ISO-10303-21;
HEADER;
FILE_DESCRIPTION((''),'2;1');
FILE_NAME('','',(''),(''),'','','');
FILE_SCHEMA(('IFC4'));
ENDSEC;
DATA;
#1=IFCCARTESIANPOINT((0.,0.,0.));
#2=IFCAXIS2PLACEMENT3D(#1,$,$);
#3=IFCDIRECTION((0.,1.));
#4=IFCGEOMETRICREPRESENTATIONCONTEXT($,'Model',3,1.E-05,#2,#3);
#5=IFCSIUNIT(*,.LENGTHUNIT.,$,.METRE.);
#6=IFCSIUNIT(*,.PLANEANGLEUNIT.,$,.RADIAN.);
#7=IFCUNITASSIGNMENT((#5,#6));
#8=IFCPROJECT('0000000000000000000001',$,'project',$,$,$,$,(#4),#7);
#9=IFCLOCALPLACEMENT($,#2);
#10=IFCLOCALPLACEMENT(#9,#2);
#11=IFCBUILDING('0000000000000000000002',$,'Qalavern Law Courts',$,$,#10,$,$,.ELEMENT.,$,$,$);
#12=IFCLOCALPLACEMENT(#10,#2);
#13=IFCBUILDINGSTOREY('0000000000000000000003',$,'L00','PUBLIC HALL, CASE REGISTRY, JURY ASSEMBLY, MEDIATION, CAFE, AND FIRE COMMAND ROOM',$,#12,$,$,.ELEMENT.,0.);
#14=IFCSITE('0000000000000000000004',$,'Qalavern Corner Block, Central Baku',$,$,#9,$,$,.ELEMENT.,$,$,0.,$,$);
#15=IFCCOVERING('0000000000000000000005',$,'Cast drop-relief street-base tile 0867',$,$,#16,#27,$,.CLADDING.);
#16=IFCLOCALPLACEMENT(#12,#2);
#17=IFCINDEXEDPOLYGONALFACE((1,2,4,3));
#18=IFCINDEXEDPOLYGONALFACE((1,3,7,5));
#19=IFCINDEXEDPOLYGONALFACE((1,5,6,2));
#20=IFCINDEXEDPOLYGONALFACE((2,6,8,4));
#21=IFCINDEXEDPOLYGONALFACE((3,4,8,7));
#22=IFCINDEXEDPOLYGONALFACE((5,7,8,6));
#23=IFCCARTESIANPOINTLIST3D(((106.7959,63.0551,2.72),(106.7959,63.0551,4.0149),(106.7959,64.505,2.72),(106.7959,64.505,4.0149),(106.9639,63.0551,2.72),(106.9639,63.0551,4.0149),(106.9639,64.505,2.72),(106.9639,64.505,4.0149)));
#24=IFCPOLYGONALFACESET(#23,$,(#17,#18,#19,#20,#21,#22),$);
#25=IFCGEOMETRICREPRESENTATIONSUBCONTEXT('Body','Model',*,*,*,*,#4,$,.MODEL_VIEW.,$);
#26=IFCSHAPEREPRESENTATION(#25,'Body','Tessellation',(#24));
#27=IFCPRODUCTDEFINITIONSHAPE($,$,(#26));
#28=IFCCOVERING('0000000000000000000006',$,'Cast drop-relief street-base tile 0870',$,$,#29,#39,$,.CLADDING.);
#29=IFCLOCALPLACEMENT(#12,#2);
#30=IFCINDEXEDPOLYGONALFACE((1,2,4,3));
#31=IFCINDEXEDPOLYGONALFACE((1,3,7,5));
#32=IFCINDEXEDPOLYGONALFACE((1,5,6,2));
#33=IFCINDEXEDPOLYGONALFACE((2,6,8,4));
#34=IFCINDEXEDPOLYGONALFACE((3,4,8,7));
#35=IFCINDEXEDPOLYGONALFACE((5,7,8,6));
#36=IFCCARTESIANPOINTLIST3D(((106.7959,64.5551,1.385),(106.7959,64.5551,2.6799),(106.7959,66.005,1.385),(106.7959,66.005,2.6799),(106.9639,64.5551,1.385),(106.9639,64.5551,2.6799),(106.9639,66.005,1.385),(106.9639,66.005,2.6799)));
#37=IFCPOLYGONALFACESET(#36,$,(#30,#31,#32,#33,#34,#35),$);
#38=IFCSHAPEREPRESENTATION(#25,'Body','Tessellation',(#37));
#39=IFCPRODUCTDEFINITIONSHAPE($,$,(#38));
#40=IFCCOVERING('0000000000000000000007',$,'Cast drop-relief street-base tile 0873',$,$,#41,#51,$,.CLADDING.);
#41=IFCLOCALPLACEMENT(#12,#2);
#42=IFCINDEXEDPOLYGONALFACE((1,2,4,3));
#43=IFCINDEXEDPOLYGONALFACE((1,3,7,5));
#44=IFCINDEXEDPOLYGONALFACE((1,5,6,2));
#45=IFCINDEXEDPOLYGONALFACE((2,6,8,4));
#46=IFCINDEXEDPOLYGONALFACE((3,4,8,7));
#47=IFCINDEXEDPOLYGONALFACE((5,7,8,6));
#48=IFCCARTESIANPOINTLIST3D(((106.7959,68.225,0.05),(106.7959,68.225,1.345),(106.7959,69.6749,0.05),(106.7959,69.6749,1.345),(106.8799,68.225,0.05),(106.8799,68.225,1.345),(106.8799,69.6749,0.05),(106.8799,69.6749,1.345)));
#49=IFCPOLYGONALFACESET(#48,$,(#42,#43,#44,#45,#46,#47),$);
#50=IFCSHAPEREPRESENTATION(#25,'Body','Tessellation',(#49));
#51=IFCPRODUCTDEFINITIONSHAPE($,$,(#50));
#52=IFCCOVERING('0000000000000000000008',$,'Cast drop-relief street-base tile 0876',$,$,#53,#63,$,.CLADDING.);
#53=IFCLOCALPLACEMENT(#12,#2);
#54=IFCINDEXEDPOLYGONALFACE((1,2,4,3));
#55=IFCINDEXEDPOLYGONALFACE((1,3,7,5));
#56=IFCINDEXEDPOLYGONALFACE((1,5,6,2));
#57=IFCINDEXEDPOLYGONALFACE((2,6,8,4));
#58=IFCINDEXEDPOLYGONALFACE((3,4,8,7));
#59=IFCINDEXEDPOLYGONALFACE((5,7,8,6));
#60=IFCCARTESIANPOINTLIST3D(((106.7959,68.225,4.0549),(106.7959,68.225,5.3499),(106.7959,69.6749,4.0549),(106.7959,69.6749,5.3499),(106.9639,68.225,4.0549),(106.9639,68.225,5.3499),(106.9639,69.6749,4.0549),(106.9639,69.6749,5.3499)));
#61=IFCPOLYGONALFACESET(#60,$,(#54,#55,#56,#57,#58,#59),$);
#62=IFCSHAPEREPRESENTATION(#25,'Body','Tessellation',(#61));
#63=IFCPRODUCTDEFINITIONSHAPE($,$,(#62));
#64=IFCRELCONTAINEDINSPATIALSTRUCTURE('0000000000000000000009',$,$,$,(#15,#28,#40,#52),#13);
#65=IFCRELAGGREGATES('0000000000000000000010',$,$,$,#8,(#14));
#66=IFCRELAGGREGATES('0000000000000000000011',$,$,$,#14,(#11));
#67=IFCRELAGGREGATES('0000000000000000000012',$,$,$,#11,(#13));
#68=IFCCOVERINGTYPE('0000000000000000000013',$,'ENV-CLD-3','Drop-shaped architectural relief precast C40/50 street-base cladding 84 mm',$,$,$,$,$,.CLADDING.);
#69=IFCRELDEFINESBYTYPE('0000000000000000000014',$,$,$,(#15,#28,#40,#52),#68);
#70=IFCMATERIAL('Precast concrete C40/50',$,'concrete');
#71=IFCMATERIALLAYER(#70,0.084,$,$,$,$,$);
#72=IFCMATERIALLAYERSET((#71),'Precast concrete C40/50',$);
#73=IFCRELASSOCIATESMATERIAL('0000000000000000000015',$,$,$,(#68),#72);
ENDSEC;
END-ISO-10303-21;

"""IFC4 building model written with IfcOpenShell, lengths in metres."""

from ifc_helpers import new_model, si_unit, direction, frame, origin, origin_2d, place, context, subcontext, project, spatial, rectangle, extrude, material, layer, layer_set, type_object, element, save


model = new_model("IFC4")

# Units and contexts
model_context = context("Model", 3, precision=1e-05, world=origin(), true_north=direction((0.0, 1.0)))
body_context = subcontext(model_context, "Body", "Model", "MODEL_VIEW")
ifc_project = project(units=[si_unit("LENGTHUNIT", "METRE"), si_unit("PLANEANGLEUNIT", "RADIAN")], contexts=[model_context])

# Site, building, storey
site_placement = place(None, origin())
site = spatial("IfcSite", under=ifc_project, at=site_placement, Name="Qalavern Corner Block, Central Baku", CompositionType="ELEMENT", RefElevation=0.0)
building_placement = place(site_placement, origin())
building = spatial("IfcBuilding", under=site, at=building_placement, Name="Qalavern Law Courts", CompositionType="ELEMENT")
storey_placement = place(building_placement, origin())
storey = spatial("IfcBuildingStorey", under=building, at=storey_placement, Name="L00", Description="PUBLIC HALL, CASE REGISTRY, JURY ASSEMBLY, MEDIATION, CAFE, AND FIRE COMMAND ROOM", CompositionType="ELEMENT", Elevation=0.0)

# Coverings
ifc_material = material(Name="Precast concrete C40/50", Category="concrete")
ifc_layer_1 = layer(ifc_material, 0.084)
ifc_layer_set_1 = layer_set([ifc_layer_1], Name="Precast concrete C40/50")
covering_type_1 = type_object("IfcCoveringType", Name="ENV-CLD-3", Description="Drop-shaped architectural relief precast C40/50 street-base cladding 84 mm", PredefinedType="CLADDING", material=ifc_layer_set_1)
for number, where, z_axis, x_axis, name in (
    (1, (106.8799, 63.78, 2.72), (0.0, 0.0, 1.0), (0.0, 1.0, 0.0), "Cast drop-relief street-base tile 0867"),
    (2, (106.8799, 65.28, 1.385), (0.0, 0.0, 1.0), (0.0, 1.0, 0.0), "Cast drop-relief street-base tile 0870"),
):
    element("IfcCovering", number, at=place(storey_placement, frame(where, z_axis=z_axis, x_axis=x_axis)), inside=storey, type_object=covering_type_1, Name=name, PredefinedType="CLADDING", context=body_context, shape_type="SweptSolid", body=[
        extrude(rectangle(XDim=1.45, YDim=0.168, at=origin_2d()), origin(), (0.0, 0.0, 1.0), 1.2949),
    ])
covering_1_placement = place(storey_placement, frame((106.8379, 68.95, 0.05), z_axis=(0.0, 0.0, 1.0), x_axis=(0.0, 1.0, 0.0)))
element("IfcCovering", 3, at=covering_1_placement, inside=storey, type_object=covering_type_1, Name="Cast drop-relief street-base tile 0873", PredefinedType="CLADDING", context=body_context, shape_type="SweptSolid", body=[
    extrude(rectangle(XDim=1.45, YDim=0.084, at=origin_2d()), origin(), (0.0, 0.0, 1.0), 1.2949),
])
covering_2_placement = place(storey_placement, frame((106.8799, 68.95, 4.0549), z_axis=(0.0, 0.0, 1.0), x_axis=(0.0, 1.0, 0.0)))
element("IfcCovering", 4, at=covering_2_placement, inside=storey, type_object=covering_type_1, Name="Cast drop-relief street-base tile 0876", PredefinedType="CLADDING", context=body_context, shape_type="SweptSolid", body=[
    extrude(rectangle(XDim=1.45, YDim=0.168, at=origin_2d()), origin(), (0.0, 0.0, 1.0), 1.2949),
])

save(model, "model.ifc")
